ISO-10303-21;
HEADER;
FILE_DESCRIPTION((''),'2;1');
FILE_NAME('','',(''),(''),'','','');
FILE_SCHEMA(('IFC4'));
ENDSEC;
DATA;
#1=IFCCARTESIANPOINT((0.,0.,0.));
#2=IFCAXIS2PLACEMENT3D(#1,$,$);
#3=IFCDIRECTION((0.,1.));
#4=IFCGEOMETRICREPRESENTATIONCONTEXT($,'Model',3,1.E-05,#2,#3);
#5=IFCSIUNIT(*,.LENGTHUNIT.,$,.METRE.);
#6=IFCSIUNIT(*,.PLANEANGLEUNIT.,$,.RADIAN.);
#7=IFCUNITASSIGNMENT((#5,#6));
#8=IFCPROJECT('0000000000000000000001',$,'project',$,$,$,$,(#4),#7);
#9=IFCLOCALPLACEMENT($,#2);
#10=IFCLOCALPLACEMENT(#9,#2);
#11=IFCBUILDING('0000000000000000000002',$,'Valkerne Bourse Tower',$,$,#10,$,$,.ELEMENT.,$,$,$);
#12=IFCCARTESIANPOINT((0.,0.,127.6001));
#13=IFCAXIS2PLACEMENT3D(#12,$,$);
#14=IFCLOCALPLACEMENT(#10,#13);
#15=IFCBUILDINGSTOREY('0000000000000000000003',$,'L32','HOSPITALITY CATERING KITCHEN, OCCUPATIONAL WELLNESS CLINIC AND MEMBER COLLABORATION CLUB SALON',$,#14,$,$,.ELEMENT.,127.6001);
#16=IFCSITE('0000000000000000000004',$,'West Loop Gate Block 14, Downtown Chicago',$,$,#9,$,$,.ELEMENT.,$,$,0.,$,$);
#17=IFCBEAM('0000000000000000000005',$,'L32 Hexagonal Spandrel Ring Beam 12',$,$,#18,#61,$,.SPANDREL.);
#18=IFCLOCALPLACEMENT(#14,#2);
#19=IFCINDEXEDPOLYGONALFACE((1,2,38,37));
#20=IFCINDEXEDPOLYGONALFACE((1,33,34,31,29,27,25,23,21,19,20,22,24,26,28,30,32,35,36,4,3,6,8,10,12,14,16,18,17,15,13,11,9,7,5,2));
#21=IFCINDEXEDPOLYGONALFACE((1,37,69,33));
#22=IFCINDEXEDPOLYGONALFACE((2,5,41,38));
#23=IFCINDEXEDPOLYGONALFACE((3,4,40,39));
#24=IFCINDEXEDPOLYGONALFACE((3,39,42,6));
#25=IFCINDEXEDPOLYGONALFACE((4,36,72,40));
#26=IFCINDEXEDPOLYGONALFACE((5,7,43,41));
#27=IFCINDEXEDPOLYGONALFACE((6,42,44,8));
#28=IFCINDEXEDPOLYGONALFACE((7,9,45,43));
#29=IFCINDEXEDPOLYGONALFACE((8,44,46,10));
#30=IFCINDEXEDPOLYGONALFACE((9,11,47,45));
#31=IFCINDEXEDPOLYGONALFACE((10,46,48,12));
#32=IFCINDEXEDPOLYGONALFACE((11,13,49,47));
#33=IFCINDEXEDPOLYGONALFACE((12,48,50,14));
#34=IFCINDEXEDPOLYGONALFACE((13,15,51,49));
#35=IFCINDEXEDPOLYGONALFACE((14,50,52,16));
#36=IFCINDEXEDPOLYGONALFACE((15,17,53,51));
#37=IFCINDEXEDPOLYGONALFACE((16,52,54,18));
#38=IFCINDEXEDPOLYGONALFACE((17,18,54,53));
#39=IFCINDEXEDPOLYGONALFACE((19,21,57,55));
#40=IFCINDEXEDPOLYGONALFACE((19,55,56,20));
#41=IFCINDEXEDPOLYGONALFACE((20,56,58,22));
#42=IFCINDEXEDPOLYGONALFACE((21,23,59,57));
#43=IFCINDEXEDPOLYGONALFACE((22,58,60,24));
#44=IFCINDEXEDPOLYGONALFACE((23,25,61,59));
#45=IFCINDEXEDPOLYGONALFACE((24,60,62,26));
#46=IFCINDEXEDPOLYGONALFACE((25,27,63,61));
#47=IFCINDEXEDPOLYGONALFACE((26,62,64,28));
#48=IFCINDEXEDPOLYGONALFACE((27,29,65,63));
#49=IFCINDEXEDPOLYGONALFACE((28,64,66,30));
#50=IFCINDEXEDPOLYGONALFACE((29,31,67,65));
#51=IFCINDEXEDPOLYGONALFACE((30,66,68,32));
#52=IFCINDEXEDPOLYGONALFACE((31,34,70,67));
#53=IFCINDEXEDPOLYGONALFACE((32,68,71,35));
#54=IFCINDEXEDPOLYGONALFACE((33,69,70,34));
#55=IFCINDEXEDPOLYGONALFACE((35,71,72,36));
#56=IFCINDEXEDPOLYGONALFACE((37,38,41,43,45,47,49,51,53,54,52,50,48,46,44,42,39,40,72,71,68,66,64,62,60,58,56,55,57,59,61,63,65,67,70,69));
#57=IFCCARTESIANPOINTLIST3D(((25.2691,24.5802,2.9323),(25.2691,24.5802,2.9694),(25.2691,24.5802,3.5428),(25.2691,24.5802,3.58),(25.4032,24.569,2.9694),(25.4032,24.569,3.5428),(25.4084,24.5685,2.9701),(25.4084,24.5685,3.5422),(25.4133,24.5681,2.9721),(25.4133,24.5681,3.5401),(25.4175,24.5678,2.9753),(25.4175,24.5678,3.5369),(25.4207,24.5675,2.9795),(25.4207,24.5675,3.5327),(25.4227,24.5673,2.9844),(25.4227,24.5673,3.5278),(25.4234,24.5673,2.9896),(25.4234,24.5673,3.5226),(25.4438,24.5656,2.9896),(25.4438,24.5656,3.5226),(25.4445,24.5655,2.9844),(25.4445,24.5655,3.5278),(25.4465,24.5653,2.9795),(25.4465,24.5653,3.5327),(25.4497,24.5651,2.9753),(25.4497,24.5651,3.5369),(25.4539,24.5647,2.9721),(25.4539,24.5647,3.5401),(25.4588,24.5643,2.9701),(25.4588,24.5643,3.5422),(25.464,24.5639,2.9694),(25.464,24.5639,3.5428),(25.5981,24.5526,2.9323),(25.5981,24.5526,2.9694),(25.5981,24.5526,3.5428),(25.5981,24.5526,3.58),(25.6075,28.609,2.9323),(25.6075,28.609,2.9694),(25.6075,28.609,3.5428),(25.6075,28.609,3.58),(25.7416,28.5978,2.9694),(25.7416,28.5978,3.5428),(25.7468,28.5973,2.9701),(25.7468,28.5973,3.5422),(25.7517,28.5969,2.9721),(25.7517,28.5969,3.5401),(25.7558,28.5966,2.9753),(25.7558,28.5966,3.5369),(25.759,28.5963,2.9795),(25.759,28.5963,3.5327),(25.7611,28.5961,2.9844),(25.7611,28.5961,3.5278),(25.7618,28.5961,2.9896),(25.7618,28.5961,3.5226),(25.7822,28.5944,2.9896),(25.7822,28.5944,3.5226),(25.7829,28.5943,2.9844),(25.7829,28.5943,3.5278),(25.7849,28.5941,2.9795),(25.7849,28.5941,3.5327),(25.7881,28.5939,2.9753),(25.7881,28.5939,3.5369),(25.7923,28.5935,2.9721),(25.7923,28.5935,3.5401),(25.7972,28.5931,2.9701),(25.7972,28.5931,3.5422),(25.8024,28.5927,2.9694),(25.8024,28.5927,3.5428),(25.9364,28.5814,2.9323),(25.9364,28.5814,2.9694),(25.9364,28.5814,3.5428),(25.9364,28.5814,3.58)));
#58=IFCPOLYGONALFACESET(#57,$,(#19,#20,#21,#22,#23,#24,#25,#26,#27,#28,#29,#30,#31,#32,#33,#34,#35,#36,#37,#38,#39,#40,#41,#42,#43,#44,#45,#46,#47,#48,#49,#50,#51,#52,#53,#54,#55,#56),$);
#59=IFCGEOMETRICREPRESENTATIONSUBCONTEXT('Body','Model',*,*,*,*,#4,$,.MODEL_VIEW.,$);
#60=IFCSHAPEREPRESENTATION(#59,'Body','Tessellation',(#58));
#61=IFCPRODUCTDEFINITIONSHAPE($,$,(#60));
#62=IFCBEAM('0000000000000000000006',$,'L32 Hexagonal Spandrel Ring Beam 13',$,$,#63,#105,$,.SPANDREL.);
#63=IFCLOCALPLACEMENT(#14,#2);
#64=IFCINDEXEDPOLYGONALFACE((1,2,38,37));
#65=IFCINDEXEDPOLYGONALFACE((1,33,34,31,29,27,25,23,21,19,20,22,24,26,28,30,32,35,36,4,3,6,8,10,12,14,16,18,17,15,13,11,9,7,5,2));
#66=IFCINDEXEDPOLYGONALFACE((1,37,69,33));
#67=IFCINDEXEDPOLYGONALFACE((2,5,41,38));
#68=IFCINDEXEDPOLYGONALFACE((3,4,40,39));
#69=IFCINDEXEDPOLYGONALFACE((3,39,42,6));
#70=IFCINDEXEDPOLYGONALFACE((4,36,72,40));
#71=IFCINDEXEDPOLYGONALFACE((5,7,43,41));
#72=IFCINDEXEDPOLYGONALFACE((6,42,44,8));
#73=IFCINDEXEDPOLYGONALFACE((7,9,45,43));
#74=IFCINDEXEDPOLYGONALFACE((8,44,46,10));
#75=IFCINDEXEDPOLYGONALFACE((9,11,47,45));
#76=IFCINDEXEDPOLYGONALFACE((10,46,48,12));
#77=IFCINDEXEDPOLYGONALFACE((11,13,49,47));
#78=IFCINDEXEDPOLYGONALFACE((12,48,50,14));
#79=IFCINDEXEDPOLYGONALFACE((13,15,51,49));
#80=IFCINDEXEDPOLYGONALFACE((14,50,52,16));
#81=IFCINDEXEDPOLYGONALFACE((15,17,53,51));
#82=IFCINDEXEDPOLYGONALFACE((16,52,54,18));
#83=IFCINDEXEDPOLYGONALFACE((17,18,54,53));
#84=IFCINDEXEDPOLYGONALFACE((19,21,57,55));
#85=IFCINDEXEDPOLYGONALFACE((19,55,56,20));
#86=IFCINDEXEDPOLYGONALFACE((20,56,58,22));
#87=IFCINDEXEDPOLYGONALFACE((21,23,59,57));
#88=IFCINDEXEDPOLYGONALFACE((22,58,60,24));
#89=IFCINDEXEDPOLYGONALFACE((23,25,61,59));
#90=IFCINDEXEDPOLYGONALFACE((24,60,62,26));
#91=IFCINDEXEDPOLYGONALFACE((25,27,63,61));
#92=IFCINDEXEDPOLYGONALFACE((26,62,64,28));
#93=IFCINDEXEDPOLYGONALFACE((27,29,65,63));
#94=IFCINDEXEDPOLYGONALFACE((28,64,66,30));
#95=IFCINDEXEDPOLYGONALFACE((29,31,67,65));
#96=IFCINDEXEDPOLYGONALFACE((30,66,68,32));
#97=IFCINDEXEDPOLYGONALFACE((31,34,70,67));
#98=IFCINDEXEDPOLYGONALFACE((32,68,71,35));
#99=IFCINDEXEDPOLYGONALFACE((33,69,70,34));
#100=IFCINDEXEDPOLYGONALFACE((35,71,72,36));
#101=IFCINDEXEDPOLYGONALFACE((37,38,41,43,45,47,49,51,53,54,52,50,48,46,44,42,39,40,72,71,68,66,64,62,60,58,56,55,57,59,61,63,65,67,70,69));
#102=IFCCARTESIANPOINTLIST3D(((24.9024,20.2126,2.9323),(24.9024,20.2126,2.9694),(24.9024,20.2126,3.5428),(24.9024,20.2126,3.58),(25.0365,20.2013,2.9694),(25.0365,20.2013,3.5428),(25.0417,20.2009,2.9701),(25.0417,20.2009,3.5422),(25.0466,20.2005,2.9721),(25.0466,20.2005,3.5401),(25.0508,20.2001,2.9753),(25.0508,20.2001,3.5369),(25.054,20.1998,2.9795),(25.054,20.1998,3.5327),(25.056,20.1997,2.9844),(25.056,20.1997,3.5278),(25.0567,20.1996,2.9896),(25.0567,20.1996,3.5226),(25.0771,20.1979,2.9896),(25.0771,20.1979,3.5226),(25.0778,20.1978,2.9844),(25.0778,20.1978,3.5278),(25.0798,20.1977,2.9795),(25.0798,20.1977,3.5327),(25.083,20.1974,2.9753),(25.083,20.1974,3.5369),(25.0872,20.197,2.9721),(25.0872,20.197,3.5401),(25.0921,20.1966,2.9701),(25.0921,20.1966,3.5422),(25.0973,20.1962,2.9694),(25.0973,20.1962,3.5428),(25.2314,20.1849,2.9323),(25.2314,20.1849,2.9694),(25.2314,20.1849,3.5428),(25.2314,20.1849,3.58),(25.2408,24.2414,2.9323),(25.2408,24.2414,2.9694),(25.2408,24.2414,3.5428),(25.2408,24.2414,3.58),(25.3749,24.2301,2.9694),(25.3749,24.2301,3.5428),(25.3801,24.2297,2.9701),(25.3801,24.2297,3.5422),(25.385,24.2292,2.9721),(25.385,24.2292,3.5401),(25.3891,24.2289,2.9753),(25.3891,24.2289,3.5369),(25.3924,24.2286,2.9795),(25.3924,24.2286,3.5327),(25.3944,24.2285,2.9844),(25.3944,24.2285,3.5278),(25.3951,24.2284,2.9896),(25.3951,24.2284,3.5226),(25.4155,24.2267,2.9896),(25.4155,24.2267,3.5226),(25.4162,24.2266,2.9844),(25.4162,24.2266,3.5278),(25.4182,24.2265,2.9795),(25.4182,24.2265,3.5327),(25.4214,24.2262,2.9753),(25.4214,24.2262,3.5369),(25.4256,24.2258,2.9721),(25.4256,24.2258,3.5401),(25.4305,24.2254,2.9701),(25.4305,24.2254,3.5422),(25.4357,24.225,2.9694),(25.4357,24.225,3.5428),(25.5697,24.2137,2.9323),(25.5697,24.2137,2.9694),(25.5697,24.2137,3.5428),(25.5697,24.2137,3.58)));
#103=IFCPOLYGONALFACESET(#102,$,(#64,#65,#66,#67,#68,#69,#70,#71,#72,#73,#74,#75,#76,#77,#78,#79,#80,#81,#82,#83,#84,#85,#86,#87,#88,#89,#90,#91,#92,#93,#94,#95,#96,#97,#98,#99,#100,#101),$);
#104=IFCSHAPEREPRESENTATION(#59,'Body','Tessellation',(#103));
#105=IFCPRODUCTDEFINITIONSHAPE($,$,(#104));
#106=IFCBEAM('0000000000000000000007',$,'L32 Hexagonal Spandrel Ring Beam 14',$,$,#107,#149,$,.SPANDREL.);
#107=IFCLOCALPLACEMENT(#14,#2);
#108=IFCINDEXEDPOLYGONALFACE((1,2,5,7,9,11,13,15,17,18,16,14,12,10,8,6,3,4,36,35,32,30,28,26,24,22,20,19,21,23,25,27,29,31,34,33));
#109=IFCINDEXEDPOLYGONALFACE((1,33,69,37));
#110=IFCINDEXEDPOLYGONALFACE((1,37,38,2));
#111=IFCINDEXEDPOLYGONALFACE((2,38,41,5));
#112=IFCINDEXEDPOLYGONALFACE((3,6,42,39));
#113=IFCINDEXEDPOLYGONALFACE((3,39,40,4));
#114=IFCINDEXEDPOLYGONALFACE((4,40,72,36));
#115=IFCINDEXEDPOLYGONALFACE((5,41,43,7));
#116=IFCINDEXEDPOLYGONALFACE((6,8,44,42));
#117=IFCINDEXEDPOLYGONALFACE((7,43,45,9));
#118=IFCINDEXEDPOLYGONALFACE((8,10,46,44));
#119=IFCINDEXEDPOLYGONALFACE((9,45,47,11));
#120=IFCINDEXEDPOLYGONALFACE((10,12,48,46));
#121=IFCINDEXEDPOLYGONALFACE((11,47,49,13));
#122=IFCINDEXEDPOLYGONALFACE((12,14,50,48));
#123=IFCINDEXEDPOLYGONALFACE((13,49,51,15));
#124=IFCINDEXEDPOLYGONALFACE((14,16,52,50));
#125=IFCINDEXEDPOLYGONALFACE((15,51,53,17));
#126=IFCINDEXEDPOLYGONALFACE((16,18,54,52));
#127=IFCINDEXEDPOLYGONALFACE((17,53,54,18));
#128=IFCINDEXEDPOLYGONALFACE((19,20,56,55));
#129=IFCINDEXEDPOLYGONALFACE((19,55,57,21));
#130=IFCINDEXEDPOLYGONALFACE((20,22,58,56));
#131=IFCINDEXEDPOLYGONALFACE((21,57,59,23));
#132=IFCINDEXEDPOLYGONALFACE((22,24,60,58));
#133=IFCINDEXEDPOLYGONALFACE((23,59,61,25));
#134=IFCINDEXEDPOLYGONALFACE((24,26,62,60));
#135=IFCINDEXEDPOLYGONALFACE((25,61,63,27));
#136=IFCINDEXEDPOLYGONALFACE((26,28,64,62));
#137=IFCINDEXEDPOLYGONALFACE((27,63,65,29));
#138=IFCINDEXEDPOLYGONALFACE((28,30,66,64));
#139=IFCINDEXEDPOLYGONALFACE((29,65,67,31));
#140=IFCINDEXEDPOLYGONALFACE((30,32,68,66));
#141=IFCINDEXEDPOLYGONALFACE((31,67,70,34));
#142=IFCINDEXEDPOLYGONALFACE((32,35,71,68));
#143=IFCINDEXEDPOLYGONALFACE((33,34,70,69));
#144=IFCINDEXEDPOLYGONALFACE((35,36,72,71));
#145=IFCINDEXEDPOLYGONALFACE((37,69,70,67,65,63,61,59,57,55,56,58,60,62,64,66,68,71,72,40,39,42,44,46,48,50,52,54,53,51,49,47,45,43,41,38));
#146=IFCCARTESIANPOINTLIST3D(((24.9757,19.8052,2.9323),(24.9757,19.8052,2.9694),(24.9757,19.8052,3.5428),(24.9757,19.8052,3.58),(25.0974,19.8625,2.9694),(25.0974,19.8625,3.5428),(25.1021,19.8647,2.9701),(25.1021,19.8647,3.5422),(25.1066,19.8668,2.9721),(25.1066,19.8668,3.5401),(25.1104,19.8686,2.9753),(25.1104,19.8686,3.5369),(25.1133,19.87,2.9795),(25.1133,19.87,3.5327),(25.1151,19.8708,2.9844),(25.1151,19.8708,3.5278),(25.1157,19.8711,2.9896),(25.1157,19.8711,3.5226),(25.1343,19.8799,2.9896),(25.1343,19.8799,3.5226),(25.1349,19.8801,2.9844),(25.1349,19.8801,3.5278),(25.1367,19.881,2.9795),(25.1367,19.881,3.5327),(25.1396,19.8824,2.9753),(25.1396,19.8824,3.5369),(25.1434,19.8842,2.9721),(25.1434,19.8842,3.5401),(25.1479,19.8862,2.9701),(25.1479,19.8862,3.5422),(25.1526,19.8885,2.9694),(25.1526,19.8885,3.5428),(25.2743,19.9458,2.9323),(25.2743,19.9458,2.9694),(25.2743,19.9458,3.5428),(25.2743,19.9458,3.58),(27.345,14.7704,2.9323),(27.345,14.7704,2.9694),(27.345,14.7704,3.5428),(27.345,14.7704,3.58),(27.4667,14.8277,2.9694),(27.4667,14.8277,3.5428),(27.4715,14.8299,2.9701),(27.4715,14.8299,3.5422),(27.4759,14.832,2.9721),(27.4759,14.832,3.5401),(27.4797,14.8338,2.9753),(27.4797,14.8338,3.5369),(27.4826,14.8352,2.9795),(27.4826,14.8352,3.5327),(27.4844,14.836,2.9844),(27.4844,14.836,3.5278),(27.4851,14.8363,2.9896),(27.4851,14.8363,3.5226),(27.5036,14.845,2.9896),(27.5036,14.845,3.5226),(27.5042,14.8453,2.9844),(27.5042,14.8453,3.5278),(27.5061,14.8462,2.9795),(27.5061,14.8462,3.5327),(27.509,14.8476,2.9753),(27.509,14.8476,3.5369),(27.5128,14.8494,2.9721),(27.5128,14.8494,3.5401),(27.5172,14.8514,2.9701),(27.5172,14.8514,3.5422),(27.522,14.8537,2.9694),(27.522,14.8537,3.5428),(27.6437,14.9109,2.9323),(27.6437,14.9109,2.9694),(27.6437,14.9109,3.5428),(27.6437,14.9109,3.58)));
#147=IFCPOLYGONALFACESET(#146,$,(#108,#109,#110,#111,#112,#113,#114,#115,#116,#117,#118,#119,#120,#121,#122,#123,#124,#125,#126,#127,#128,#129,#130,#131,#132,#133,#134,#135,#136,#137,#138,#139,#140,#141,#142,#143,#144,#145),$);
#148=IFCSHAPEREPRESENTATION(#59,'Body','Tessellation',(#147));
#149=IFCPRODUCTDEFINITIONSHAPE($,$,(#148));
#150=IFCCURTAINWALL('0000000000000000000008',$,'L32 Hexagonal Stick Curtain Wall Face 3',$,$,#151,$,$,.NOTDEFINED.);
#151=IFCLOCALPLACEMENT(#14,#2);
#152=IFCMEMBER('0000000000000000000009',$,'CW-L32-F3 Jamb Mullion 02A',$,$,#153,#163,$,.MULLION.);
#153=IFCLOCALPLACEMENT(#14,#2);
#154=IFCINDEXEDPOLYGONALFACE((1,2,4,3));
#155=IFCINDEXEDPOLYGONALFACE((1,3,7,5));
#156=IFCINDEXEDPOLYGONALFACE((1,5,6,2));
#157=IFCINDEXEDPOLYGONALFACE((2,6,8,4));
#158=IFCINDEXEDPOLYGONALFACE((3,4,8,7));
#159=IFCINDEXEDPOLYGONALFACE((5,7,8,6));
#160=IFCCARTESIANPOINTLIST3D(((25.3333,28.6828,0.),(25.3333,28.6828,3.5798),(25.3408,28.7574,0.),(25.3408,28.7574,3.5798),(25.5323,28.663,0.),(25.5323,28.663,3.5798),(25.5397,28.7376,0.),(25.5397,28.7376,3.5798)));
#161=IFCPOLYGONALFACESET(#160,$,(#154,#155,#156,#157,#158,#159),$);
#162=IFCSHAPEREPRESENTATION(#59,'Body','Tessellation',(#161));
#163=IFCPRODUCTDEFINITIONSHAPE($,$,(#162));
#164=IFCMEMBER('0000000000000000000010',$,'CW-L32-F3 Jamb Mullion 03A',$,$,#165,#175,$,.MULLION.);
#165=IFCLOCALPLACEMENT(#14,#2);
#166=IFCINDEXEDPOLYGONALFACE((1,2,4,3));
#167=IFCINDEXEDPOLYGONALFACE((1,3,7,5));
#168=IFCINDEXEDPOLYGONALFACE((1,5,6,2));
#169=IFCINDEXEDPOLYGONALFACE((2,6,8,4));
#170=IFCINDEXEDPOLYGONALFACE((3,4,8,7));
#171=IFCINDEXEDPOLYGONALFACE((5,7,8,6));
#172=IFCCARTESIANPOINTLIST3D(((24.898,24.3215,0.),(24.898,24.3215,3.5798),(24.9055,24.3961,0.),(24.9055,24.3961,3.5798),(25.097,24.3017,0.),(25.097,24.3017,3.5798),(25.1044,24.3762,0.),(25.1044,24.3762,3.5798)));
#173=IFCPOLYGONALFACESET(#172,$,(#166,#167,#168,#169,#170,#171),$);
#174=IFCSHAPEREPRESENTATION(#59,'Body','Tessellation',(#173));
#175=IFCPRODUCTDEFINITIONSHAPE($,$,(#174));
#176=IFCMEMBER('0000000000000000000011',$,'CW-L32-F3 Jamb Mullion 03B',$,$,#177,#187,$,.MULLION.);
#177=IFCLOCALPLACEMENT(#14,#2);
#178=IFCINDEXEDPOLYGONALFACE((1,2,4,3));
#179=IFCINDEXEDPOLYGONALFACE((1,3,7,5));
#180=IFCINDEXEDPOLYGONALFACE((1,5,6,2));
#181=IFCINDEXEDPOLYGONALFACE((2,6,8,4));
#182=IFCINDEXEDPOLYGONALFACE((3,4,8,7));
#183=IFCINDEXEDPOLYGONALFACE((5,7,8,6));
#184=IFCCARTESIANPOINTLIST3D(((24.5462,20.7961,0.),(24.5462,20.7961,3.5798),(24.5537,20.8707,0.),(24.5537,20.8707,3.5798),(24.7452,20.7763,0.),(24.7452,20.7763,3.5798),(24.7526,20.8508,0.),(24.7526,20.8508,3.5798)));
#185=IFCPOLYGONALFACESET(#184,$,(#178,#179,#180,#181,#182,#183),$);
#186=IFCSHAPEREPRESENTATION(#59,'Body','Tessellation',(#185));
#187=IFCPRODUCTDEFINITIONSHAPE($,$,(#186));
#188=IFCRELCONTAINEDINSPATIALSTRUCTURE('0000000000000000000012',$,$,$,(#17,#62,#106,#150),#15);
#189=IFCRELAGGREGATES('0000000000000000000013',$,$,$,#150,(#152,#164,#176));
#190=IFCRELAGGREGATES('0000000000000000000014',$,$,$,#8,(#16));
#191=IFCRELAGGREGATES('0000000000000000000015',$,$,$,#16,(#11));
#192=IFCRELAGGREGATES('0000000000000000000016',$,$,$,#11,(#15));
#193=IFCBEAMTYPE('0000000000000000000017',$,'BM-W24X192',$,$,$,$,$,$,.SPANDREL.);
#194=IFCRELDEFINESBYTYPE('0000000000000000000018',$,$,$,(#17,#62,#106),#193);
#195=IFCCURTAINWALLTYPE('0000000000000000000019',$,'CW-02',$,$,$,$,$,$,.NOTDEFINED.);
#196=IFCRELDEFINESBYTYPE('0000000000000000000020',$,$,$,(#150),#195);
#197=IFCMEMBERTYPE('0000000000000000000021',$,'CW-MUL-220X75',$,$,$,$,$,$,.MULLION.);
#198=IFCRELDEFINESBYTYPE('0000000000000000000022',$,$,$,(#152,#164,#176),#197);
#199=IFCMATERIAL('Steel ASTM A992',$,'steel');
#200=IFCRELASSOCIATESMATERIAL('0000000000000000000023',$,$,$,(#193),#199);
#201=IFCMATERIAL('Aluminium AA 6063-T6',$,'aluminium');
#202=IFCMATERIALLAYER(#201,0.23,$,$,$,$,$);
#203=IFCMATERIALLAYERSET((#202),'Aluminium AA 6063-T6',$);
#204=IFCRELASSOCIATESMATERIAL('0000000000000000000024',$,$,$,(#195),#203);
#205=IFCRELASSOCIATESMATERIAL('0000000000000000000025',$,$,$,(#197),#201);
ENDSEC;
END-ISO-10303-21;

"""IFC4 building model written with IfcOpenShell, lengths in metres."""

from ifc_helpers import new_model, si_unit, direction, frame, origin, origin_2d, place, context, subcontext, project, spatial, rectangle, i_section, extrude, material, layer, layer_set, material_profile, profile_set, type_object, element, aggregate, save


model = new_model("IFC4")

# Units and contexts
model_context = context("Model", 3, precision=1e-05, world=origin(), true_north=direction((0.0, 1.0)))
body_context = subcontext(model_context, "Body", "Model", "MODEL_VIEW")
ifc_project = project(units=[si_unit("LENGTHUNIT", "METRE"), si_unit("PLANEANGLEUNIT", "RADIAN")], contexts=[model_context])

# Site, building, storey
site_placement = place(None, origin())
site = spatial("IfcSite", under=ifc_project, at=site_placement, Name="West Loop Gate Block 14, Downtown Chicago", CompositionType="ELEMENT", RefElevation=0.0)
building_placement = place(site_placement, origin())
building = spatial("IfcBuilding", under=site, at=building_placement, Name="Valkerne Bourse Tower", CompositionType="ELEMENT")
storey_placement = place(building_placement, frame((0.0, 0.0, 127.6001)))
storey = spatial("IfcBuildingStorey", under=building, at=storey_placement, Name="L32", Description="HOSPITALITY CATERING KITCHEN, OCCUPATIONAL WELLNESS CLINIC AND MEMBER COLLABORATION CLUB SALON", CompositionType="ELEMENT", Elevation=127.6001)

# Beams
ifc_material_1 = material(Name="Steel ASTM A992", Category="steel")
ifc_material_profile_1 = material_profile(ifc_material_1, i_section(OverallWidth=0.3301, OverallDepth=0.6477, WebThickness=0.0205, FlangeThickness=0.0371, FilletRadius=0.0203, at=origin_2d()), Name="W24X192")
ifc_profile_set_1 = profile_set([ifc_material_profile_1], Name="Steel ASTM A992")
beam_type_1 = type_object("IfcBeamType", Name="BM-W24X192", PredefinedType="SPANDREL", material=ifc_profile_set_1)
for number, where, z_axis, x_axis, name in (
    (1, (25.772, 28.5952, 3.2561), (-0.083695, -0.996491, 0.0), (0.996491, -0.083695, 0.0), "L32 Hexagonal Spandrel Ring Beam 12"),
    (2, (25.4053, 24.2275, 3.2561), (-0.083695, -0.996491, 0.0), (0.996491, -0.083695, 0.0), "L32 Hexagonal Spandrel Ring Beam 13"),
):
    element("IfcBeam", number, at=place(storey_placement, frame(where, z_axis=z_axis, x_axis=x_axis)), inside=storey, type_object=beam_type_1, Name=name, PredefinedType="SPANDREL", context=body_context, shape_type="SweptSolid", body=[
        extrude(i_section(OverallWidth=0.3301, OverallDepth=0.6477, WebThickness=0.0205, FlangeThickness=0.0371, FilletRadius=0.0203, at=origin_2d()), origin(), (0.0, 0.0, 1.0), 4.043),
    ])
beam_1_placement = place(storey_placement, frame((25.125, 19.8755, 3.2561), z_axis=(0.425799, -0.904818, 0.0), x_axis=(0.904818, 0.425799, 0.0)))
element("IfcBeam", 3, at=beam_1_placement, inside=storey, type_object=beam_type_1, Name="L32 Hexagonal Spandrel Ring Beam 14", PredefinedType="SPANDREL", context=body_context, shape_type="SweptSolid", body=[
    extrude(i_section(OverallWidth=0.3301, OverallDepth=0.6477, WebThickness=0.0205, FlangeThickness=0.0371, FilletRadius=0.0203, at=origin_2d()), origin(), (0.0, 0.0, 1.0), 5.5645),
])

# Curtain wall, members
ifc_material_2 = material(Name="Aluminium AA 6063-T6", Category="aluminium")
ifc_layer_1 = layer(ifc_material_2, 0.23)
ifc_layer_set_1 = layer_set([ifc_layer_1], Name="Aluminium AA 6063-T6")
curtain_wall_type = type_object("IfcCurtainWallType", Name="CW-02", PredefinedType="NOTDEFINED", material=ifc_layer_set_1)
curtain_wall_placement = place(storey_placement, origin())
curtain_wall = element("IfcCurtainWall", 4, at=curtain_wall_placement, inside=storey, type_object=curtain_wall_type, Name="L32 Hexagonal Stick Curtain Wall Face 3", PredefinedType="NOTDEFINED")
ifc_material_profile_2 = material_profile(ifc_material_2, rectangle(XDim=0.075, YDim=0.2, at=origin_2d()), Name="CWM-75X200")
ifc_profile_set_2 = profile_set([ifc_material_profile_2], Name="Aluminium AA 6063-T6")
member_type_1 = type_object("IfcMemberType", Name="CW-MUL-220X75", PredefinedType="MULLION", material=ifc_profile_set_2)
member_1_placement = place(storey_placement, frame((25.4365, 28.7102, 0.0), z_axis=(0.0, 0.0, 1.0), x_axis=(-0.099316, -0.995056, 0.0)))
member_1 = element("IfcMember", 5, at=member_1_placement, type_object=member_type_1, Name="CW-L32-F3 Jamb Mullion 02A", PredefinedType="MULLION", context=body_context, shape_type="SweptSolid", body=[
    extrude(rectangle(XDim=0.075, YDim=0.2, at=origin_2d()), origin(), (0.0, 0.0, 1.0), 3.5798),
])
member_2_placement = place(storey_placement, frame((25.0012, 24.3489, 0.0), z_axis=(0.0, 0.0, 1.0), x_axis=(-0.099316, -0.995056, 0.0)))
member_2 = element("IfcMember", 6, at=member_2_placement, type_object=member_type_1, Name="CW-L32-F3 Jamb Mullion 03A", PredefinedType="MULLION", context=body_context, shape_type="SweptSolid", body=[
    extrude(rectangle(XDim=0.075, YDim=0.2, at=origin_2d()), origin(), (0.0, 0.0, 1.0), 3.5798),
])
member_3_placement = place(storey_placement, frame((24.6494, 20.8235, 0.0), z_axis=(0.0, 0.0, 1.0), x_axis=(-0.099316, -0.995056, 0.0)))
member_3 = element("IfcMember", 7, at=member_3_placement, type_object=member_type_1, Name="CW-L32-F3 Jamb Mullion 03B", PredefinedType="MULLION", context=body_context, shape_type="SweptSolid", body=[
    extrude(rectangle(XDim=0.075, YDim=0.2, at=origin_2d()), origin(), (0.0, 0.0, 1.0), 3.5798),
])

aggregate(curtain_wall, [member_1, member_2, member_3])

save(model, "model.ifc")
